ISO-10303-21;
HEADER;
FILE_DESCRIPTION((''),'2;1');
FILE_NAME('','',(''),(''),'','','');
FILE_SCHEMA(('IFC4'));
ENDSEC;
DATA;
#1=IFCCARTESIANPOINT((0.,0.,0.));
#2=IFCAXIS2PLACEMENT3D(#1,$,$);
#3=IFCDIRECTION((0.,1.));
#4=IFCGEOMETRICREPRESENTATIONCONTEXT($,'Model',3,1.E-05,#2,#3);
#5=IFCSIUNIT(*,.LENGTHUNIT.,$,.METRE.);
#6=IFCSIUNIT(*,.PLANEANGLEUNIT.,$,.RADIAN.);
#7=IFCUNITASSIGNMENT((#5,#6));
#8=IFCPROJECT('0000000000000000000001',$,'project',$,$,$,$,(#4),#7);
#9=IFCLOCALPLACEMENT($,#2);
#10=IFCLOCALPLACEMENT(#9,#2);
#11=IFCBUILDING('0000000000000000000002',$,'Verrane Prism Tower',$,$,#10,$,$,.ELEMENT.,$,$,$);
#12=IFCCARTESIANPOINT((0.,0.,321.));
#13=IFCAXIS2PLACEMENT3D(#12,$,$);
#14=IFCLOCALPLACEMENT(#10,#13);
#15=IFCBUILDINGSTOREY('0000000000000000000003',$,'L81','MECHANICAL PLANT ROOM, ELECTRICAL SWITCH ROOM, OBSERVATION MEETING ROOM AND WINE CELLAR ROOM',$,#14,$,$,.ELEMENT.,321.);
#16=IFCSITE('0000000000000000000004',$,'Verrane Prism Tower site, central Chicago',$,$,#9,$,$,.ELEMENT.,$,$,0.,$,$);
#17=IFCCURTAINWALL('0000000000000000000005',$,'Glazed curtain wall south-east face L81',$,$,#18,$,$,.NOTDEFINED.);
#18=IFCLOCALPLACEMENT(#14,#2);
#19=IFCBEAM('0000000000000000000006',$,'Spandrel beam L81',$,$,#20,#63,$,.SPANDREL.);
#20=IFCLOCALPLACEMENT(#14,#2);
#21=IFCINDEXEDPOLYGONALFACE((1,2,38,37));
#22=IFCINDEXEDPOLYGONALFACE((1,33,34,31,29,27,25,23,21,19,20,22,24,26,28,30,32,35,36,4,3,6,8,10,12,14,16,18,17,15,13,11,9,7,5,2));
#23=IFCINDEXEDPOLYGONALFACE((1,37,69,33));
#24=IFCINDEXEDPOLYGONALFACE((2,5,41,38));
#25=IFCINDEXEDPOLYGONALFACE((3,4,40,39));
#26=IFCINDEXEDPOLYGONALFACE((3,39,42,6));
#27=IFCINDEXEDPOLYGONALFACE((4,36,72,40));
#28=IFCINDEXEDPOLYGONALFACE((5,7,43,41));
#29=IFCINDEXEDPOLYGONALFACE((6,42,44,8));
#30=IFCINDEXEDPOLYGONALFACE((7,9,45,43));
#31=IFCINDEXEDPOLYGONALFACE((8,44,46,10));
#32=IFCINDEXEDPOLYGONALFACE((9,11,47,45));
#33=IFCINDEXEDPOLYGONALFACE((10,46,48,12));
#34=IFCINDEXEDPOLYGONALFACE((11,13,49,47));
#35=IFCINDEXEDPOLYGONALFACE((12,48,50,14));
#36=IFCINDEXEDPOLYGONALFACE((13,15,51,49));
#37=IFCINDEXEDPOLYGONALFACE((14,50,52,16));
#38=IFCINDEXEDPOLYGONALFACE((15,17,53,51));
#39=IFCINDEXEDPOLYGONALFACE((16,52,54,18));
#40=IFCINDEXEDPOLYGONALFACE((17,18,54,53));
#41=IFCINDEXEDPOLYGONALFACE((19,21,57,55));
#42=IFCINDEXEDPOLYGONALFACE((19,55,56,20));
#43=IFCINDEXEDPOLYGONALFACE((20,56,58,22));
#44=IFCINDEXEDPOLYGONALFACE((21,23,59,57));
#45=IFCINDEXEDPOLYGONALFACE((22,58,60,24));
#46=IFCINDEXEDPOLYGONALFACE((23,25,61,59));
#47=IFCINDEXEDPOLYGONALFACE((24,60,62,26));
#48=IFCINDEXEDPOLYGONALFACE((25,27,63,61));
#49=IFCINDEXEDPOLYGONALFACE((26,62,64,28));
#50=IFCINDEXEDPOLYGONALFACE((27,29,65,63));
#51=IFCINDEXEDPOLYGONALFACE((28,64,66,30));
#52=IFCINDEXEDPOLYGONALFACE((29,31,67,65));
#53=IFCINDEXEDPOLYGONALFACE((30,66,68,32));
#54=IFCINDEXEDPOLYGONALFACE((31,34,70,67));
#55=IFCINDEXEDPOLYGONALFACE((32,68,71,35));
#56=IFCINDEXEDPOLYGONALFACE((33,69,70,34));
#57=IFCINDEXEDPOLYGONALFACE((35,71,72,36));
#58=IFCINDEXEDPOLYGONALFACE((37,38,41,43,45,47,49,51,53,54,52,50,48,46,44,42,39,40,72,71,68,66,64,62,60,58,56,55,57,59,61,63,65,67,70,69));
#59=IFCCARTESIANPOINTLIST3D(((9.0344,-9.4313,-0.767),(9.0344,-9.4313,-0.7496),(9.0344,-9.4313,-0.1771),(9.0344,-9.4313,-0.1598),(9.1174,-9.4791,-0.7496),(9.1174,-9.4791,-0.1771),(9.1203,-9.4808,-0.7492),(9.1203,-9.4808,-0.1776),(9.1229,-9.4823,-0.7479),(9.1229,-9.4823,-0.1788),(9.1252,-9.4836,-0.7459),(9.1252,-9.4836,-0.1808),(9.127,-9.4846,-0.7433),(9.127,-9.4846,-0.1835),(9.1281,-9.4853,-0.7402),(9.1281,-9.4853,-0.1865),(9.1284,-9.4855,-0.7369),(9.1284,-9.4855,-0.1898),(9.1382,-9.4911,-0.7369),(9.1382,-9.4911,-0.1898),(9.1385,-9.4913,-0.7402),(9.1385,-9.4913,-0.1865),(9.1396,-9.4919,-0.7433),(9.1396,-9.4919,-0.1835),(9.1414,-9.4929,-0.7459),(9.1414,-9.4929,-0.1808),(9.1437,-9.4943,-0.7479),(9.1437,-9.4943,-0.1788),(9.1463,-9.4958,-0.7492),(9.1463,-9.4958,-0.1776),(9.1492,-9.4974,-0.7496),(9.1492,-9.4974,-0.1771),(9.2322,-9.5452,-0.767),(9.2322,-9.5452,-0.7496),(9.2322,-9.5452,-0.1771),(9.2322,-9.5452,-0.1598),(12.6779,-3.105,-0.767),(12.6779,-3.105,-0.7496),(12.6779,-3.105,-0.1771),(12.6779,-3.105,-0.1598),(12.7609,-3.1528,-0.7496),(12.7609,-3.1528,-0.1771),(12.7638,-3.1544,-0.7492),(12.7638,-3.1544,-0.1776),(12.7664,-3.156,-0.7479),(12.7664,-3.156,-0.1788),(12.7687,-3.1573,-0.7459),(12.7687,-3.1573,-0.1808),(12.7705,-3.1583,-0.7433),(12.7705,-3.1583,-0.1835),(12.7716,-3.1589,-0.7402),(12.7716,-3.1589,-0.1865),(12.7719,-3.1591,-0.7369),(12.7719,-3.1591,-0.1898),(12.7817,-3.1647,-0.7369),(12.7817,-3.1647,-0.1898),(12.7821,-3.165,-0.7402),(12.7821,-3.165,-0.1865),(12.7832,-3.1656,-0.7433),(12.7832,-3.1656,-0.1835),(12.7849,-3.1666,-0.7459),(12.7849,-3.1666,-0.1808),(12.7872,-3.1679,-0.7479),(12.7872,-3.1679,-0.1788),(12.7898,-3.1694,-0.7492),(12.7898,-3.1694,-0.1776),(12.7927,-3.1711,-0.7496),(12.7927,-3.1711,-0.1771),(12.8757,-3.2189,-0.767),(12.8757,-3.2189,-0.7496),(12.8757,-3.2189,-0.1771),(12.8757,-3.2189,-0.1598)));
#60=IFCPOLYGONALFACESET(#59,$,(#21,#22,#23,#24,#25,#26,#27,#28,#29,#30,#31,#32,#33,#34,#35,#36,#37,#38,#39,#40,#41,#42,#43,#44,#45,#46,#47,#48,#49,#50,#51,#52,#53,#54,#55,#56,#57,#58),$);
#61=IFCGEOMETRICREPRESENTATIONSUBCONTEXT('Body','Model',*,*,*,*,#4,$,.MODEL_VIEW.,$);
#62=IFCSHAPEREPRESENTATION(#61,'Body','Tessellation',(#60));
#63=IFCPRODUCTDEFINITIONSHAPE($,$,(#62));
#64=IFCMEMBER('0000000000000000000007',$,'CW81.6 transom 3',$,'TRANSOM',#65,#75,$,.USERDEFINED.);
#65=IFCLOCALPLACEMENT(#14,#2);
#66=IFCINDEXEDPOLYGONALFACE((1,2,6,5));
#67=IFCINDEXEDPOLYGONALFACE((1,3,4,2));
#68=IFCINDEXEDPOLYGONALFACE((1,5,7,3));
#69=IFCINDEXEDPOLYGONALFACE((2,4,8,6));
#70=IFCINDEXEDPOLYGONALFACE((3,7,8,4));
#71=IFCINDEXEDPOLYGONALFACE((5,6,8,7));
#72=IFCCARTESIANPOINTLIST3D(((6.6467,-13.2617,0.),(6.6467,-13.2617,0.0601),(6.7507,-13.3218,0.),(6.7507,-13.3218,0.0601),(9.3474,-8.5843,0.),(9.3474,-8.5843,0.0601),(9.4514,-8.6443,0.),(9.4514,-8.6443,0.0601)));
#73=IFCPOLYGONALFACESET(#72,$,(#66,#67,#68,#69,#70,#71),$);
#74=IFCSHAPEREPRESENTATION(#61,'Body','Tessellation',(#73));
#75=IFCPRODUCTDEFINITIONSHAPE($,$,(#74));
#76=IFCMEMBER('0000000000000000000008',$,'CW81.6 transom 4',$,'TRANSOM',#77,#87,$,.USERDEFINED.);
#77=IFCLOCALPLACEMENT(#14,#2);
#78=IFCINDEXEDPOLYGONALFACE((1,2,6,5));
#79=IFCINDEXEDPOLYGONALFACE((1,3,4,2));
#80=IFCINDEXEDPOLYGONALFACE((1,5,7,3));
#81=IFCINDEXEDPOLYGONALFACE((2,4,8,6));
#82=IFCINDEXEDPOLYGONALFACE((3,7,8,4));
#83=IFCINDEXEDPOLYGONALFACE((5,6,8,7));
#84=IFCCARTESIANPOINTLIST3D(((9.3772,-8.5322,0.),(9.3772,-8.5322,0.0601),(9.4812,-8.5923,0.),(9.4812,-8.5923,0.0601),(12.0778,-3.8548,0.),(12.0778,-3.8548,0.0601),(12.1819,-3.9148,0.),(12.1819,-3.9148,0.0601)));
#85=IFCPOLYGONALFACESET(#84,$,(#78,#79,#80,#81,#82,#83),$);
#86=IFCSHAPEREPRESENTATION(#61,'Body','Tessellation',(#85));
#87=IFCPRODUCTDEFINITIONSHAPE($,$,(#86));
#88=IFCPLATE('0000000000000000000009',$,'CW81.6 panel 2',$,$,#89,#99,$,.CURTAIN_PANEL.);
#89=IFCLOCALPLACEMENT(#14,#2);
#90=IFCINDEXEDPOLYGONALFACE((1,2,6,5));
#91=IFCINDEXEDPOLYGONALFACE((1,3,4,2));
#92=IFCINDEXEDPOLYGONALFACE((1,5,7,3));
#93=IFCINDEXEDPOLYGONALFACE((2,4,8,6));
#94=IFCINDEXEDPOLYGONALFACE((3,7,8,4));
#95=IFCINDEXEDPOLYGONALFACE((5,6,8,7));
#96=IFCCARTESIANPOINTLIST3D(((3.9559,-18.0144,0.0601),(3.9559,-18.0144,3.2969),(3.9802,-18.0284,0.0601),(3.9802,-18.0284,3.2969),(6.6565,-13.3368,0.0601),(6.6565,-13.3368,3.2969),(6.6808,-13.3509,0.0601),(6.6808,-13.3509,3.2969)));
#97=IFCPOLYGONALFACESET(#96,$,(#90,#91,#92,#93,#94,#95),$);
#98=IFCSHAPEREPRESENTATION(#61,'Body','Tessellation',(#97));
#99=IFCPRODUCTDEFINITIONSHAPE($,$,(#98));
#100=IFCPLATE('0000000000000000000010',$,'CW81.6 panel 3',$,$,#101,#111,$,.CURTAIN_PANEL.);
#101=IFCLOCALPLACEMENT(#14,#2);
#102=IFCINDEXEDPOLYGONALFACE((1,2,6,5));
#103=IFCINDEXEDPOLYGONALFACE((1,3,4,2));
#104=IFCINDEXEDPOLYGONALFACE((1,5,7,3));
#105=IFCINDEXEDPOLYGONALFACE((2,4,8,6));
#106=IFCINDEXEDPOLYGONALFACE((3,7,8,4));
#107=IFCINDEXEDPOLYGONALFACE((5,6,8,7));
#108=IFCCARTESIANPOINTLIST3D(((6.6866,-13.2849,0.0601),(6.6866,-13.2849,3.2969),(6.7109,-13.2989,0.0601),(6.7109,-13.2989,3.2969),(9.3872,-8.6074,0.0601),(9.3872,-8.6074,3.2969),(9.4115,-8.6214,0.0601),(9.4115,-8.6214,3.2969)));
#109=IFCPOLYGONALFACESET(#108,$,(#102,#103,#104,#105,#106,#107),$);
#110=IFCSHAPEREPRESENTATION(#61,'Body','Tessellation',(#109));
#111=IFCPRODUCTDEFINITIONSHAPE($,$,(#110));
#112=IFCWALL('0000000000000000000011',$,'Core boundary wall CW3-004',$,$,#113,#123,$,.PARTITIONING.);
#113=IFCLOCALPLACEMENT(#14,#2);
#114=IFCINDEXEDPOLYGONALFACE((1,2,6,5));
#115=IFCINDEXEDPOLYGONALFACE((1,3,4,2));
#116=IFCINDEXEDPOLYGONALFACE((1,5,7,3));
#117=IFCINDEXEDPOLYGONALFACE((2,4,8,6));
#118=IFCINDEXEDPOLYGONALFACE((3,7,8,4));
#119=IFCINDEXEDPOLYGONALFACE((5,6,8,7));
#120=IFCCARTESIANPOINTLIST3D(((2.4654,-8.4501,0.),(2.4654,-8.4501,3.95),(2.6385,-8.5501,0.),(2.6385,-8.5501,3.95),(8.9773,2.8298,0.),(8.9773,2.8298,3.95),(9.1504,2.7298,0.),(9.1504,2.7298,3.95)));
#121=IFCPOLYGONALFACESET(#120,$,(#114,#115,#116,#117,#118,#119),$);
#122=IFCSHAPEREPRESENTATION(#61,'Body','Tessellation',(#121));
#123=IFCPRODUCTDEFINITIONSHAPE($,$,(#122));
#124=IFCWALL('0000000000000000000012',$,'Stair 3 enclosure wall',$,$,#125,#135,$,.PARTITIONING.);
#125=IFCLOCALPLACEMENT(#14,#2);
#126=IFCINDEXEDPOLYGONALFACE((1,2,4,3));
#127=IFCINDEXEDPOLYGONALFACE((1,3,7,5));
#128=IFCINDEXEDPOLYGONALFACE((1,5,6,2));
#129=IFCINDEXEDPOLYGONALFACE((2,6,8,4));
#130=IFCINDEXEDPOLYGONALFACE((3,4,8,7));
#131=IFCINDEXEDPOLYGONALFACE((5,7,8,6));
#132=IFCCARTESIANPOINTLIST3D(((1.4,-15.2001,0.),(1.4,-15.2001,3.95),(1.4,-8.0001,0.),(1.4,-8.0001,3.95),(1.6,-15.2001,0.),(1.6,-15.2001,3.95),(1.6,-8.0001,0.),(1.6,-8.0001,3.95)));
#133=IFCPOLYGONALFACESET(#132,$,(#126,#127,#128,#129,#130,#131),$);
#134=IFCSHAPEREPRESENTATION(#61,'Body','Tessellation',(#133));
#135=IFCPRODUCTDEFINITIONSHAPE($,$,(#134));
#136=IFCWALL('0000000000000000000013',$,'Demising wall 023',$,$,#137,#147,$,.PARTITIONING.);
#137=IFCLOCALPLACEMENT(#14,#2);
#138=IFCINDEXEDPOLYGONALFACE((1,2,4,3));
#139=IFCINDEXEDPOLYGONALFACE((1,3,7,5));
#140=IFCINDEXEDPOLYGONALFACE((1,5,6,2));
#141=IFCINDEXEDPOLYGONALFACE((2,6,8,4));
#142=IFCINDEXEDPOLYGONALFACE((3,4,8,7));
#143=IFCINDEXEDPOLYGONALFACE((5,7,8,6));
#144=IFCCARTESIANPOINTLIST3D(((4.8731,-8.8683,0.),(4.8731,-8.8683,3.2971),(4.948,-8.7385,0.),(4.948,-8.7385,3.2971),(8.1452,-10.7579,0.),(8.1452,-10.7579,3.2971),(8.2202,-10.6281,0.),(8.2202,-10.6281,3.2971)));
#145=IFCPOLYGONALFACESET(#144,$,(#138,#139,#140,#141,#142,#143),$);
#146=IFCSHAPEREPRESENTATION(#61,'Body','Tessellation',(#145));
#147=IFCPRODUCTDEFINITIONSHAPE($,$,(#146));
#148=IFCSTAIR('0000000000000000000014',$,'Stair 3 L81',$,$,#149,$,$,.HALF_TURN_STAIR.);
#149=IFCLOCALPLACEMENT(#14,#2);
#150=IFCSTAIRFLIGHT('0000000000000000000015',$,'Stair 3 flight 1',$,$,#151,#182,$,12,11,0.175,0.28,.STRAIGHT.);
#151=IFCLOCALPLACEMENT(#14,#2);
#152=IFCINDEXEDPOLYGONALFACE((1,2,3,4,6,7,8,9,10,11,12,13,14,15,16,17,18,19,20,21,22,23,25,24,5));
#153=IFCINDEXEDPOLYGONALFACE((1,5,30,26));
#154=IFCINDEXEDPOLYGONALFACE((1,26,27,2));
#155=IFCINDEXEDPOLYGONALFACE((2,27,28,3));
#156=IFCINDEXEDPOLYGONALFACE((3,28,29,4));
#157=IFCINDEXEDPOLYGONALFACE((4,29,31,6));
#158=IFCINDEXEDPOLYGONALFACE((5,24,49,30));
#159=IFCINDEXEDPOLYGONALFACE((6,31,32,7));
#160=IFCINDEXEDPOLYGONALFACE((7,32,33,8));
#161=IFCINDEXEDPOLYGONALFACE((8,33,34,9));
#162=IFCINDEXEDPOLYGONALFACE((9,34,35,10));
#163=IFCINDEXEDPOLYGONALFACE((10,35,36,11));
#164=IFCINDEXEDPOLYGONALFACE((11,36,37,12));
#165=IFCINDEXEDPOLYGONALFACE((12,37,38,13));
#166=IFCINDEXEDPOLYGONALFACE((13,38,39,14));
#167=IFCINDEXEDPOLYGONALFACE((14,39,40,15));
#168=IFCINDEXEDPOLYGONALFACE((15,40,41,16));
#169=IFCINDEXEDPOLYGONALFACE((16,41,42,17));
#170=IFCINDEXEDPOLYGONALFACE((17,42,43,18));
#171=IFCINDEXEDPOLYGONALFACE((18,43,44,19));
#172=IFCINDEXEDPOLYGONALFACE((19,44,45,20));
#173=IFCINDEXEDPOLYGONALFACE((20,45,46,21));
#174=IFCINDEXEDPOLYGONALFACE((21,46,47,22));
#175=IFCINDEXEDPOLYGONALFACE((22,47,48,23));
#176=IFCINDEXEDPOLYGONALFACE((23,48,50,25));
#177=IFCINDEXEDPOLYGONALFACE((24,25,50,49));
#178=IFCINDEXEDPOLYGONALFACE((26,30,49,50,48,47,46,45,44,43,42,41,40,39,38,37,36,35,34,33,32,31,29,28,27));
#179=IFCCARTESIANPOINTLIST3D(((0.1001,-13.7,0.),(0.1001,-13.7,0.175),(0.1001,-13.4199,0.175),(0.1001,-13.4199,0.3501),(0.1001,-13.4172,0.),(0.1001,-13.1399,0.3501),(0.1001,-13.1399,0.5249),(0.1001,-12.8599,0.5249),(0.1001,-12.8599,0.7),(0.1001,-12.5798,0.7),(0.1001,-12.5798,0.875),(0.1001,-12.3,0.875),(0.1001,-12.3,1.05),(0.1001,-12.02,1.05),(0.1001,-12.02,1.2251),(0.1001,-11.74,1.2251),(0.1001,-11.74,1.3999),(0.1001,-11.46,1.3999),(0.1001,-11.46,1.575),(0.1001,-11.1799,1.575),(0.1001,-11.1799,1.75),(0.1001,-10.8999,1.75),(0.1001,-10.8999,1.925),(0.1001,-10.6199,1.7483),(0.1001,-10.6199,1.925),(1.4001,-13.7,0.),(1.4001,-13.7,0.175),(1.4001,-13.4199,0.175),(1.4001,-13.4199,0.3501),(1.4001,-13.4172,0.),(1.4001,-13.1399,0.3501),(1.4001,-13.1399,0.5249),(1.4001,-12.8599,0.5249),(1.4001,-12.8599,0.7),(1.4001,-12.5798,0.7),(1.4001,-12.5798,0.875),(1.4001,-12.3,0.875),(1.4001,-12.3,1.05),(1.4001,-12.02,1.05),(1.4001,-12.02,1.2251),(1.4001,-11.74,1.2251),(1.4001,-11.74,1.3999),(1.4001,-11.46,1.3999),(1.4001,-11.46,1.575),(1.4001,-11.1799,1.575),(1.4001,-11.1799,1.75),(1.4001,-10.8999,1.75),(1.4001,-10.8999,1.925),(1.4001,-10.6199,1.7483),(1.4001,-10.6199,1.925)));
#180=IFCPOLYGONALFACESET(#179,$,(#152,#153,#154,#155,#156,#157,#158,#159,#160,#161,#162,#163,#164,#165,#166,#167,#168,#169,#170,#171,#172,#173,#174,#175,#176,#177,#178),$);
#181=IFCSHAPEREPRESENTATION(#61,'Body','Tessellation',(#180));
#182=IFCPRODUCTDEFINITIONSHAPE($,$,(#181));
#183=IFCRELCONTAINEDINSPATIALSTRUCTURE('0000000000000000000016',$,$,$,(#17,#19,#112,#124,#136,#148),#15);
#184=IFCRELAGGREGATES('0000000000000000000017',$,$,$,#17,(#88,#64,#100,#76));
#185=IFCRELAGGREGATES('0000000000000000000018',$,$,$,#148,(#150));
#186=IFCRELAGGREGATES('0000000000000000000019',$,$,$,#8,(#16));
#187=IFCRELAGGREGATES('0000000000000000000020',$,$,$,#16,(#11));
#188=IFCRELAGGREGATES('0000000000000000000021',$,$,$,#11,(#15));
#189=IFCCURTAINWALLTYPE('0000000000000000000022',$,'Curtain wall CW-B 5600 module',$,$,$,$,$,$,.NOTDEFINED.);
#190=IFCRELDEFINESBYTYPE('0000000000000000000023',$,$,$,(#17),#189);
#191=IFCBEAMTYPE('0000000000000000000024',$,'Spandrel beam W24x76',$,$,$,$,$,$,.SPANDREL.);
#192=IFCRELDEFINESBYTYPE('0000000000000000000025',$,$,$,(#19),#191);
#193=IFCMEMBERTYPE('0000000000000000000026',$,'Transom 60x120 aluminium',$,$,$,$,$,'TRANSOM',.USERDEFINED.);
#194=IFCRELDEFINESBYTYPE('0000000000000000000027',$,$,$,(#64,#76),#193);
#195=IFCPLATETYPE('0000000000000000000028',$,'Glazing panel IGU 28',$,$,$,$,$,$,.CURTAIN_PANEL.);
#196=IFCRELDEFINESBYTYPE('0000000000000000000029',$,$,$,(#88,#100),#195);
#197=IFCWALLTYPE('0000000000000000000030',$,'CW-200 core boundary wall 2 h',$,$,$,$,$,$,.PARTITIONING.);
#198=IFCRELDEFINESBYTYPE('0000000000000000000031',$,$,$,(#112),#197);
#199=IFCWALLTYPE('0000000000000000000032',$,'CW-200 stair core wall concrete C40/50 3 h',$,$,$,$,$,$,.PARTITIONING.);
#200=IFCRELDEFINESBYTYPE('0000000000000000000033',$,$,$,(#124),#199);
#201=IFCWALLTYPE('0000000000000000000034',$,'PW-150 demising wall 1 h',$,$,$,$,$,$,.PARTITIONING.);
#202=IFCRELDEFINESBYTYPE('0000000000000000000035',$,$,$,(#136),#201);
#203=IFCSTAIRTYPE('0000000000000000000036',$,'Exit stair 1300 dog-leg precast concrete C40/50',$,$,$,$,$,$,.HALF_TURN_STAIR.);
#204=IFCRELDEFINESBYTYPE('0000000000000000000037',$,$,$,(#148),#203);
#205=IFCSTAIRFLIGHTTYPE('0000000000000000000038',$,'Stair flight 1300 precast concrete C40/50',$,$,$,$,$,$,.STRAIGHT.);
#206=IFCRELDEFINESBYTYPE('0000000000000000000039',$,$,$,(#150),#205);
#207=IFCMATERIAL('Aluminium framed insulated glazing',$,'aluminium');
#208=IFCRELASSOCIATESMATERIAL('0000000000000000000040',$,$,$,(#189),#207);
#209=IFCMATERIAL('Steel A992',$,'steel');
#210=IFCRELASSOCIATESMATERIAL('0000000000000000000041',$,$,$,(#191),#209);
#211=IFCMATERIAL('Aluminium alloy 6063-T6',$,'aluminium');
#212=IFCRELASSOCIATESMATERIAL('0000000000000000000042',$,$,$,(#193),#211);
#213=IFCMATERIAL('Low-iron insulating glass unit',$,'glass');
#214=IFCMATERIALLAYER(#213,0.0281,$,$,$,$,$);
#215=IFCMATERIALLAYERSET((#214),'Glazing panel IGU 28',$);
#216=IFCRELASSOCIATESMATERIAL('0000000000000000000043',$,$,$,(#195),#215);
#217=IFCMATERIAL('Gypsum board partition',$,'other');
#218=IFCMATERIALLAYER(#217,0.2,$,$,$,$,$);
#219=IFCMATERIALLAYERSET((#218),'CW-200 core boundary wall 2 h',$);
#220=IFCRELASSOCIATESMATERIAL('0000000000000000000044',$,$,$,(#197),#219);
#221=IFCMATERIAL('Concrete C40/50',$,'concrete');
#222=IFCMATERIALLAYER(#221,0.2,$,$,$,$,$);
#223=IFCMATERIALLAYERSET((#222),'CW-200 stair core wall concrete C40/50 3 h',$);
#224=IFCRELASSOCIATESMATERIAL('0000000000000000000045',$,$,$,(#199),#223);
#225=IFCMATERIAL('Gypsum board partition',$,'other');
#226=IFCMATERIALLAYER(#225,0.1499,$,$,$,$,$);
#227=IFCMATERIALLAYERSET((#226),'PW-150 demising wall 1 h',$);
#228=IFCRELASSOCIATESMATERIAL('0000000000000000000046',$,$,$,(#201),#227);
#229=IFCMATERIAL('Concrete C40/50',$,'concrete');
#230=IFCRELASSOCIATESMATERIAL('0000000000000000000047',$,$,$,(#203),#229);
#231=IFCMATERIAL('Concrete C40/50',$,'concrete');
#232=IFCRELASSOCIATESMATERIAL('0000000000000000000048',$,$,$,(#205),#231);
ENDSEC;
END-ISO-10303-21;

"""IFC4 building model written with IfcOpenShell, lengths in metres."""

from ifc_helpers import new_model, si_unit, direction, frame, frame_2d, origin, origin_2d, place, context, subcontext, project, spatial, polyline, rectangle, i_section, outline, extrude, material, layer, layer_set, material_profile, profile_set, type_object, element, aggregate, save


model = new_model("IFC4")

# Units and contexts
model_context = context("Model", 3, precision=1e-05, world=origin(), true_north=direction((0.0, 1.0)))
body_context = subcontext(model_context, "Body", "Model", "MODEL_VIEW")
ifc_project = project(units=[si_unit("LENGTHUNIT", "METRE"), si_unit("PLANEANGLEUNIT", "RADIAN")], contexts=[model_context])

# Site, building, storey
site_placement = place(None, origin())
site = spatial("IfcSite", under=ifc_project, at=site_placement, Name="Verrane Prism Tower site, central Chicago", CompositionType="ELEMENT", RefElevation=0.0)
building_placement = place(site_placement, origin())
building = spatial("IfcBuilding", under=site, at=building_placement, Name="Verrane Prism Tower", CompositionType="ELEMENT")
storey_placement = place(building_placement, frame((0.0, 0.0, 321.0)))
storey = spatial("IfcBuildingStorey", under=building, at=storey_placement, Name="L81", Description="MECHANICAL PLANT ROOM, ELECTRICAL SWITCH ROOM, OBSERVATION MEETING ROOM AND WINE CELLAR ROOM", CompositionType="ELEMENT", Elevation=321.0)

# Curtain wall
ifc_material_1 = material(Name="Aluminium framed insulated glazing", Category="aluminium")
curtain_wall_type = type_object("IfcCurtainWallType", Name="Curtain wall CW-B 5600 module", PredefinedType="NOTDEFINED", material=ifc_material_1)
curtain_wall_placement = place(storey_placement, origin())
curtain_wall = element("IfcCurtainWall", 1, at=curtain_wall_placement, inside=storey, type_object=curtain_wall_type, Name="Glazed curtain wall south-east face L81", PredefinedType="NOTDEFINED")

# Beam
ifc_material_2 = material(Name="Steel A992", Category="steel")
ifc_material_profile_1 = material_profile(ifc_material_2, i_section(OverallWidth=0.2283, OverallDepth=0.6072, WebThickness=0.0112, FlangeThickness=0.0173, FilletRadius=0.0127, at=origin_2d()), Name="W24x76")
ifc_profile_set_1 = profile_set([ifc_material_profile_1], Name="Steel A992")
beam_type_1 = type_object("IfcBeamType", Name="Spandrel beam W24x76", PredefinedType="SPANDREL", material=ifc_profile_set_1)
beam_1_placement = place(storey_placement, frame((9.1333, -9.4883, -0.4634), z_axis=(0.499075, 0.866559, 0.0), x_axis=(-0.866559, 0.499075, 0.0)))
element("IfcBeam", 2, at=beam_1_placement, inside=storey, type_object=beam_type_1, Name="Spandrel beam L81", PredefinedType="SPANDREL", context=body_context, shape_type="SweptSolid", body=[
    extrude(i_section(OverallWidth=0.2283, OverallDepth=0.6072, WebThickness=0.0112, FlangeThickness=0.0173, FilletRadius=0.0127, at=origin_2d()), origin(), (0.0, 0.0, 1.0), 7.3005),
])

# Members
ifc_material_3 = material(Name="Aluminium alloy 6063-T6", Category="aluminium")
ifc_material_profile_2 = material_profile(ifc_material_3, rectangle(XDim=0.1201, YDim=0.0601, at=origin_2d()), Name="Transom 60x120 aluminium")
ifc_profile_set_2 = profile_set([ifc_material_profile_2], Name="Aluminium alloy 6063-T6")
member_type_1 = type_object("IfcMemberType", Name="Transom 60x120 aluminium", ElementType="TRANSOM", PredefinedType="USERDEFINED", material=ifc_profile_set_2)
member_1_placement = place(storey_placement, frame((6.6987, -13.2917, 0.03), z_axis=(0.500019, 0.866015, 0.0), x_axis=(-0.866015, 0.500019, 0.0)))
member_1 = element("IfcMember", 3, at=member_1_placement, type_object=member_type_1, Name="CW81.6 transom 3", ObjectType="TRANSOM", PredefinedType="USERDEFINED", context=body_context, shape_type="SweptSolid", body=[
    extrude(rectangle(XDim=0.1201, YDim=0.0601, at=origin_2d()), origin(), (0.0, 0.0, 1.0), 5.4011),
])
member_2_placement = place(storey_placement, frame((9.4292, -8.5623, 0.03), z_axis=(0.500019, 0.866015, 0.0), x_axis=(-0.866015, 0.500019, 0.0)))
member_2 = element("IfcMember", 4, at=member_2_placement, type_object=member_type_1, Name="CW81.6 transom 4", ObjectType="TRANSOM", PredefinedType="USERDEFINED", context=body_context, shape_type="SweptSolid", body=[
    extrude(rectangle(XDim=0.1201, YDim=0.0601, at=origin_2d()), origin(), (0.0, 0.0, 1.0), 5.4011),
])

# Plates
ifc_material_4 = material(Name="Low-iron insulating glass unit", Category="glass")
ifc_layer_1 = layer(ifc_material_4, 0.0281)
ifc_layer_set_1 = layer_set([ifc_layer_1], Name="Glazing panel IGU 28")
plate_type = type_object("IfcPlateType", Name="Glazing panel IGU 28", PredefinedType="CURTAIN_PANEL", material=ifc_layer_set_1)
plate_1_placement = place(storey_placement, frame((5.3184, -15.6826, 0.0601), z_axis=(0.0, 0.0, 1.0), x_axis=(0.5, 0.866025, 0.0)))
plate_1 = element("IfcPlate", 5, at=plate_1_placement, type_object=plate_type, Name="CW81.6 panel 2", PredefinedType="CURTAIN_PANEL", context=body_context, shape_type="SweptSolid", body=[
    extrude(rectangle(XDim=5.4011, YDim=0.0281, at=origin_2d()), origin(), (0.0, 0.0, 1.0), 3.2368),
])
plate_2_placement = place(storey_placement, frame((8.0491, -10.9531, 0.0601), z_axis=(0.0, 0.0, 1.0), x_axis=(0.5, 0.866025, 0.0)))
plate_2 = element("IfcPlate", 6, at=plate_2_placement, type_object=plate_type, Name="CW81.6 panel 3", PredefinedType="CURTAIN_PANEL", context=body_context, shape_type="SweptSolid", body=[
    extrude(rectangle(XDim=5.4011, YDim=0.0281, at=origin_2d()), origin(), (0.0, 0.0, 1.0), 3.2368),
])
aggregate(curtain_wall, [plate_1, member_1, plate_2, member_2])

# Walls
ifc_material_5 = material(Name="Gypsum board partition", Category="other")
ifc_layer_2 = layer(ifc_material_5, 0.2)
ifc_layer_set_2 = layer_set([ifc_layer_2], Name="CW-200 core boundary wall 2 h")
wall_type_1 = type_object("IfcWallType", Name="CW-200 core boundary wall 2 h", PredefinedType="PARTITIONING", material=ifc_layer_set_2)
wall_1_placement = place(storey_placement, frame((2.552, -8.5, 0.0), z_axis=(0.0, 0.0, 1.0), x_axis=(0.499967, 0.866044, 0.0)))
element("IfcWall", 7, at=wall_1_placement, inside=storey, type_object=wall_type_1, Name="Core boundary wall CW3-004", PredefinedType="PARTITIONING", context=body_context, shape_type="SweptSolid", body=[
    extrude(rectangle(XDim=13.0247, YDim=0.2, at=frame_2d((6.5122, 0.0))), origin(), (0.0, 0.0, 1.0), 3.95),
])
ifc_material_6 = material(Name="Concrete C40/50", Category="concrete")
ifc_layer_3 = layer(ifc_material_6, 0.2)
ifc_layer_set_3 = layer_set([ifc_layer_3], Name="CW-200 stair core wall concrete C40/50 3 h")
wall_type_2 = type_object("IfcWallType", Name="CW-200 stair core wall concrete C40/50 3 h", PredefinedType="PARTITIONING", material=ifc_layer_set_3)
wall_2_placement = place(storey_placement, frame((1.5, -8.0, 0.0), z_axis=(0.0, 0.0, 1.0), x_axis=(0.0, -1.0, 0.0)))
element("IfcWall", 8, at=wall_2_placement, inside=storey, type_object=wall_type_2, Name="Stair 3 enclosure wall", PredefinedType="PARTITIONING", context=body_context, shape_type="SweptSolid", body=[
    extrude(rectangle(XDim=7.2, YDim=0.2, at=frame_2d((3.6001, 0.0))), origin(), (0.0, 0.0, 1.0), 3.95),
])
ifc_material_7 = material(Name="Gypsum board partition", Category="other")
ifc_layer_4 = layer(ifc_material_7, 0.1499)
ifc_layer_set_4 = layer_set([ifc_layer_4], Name="PW-150 demising wall 1 h")
wall_type_3 = type_object("IfcWallType", Name="PW-150 demising wall 1 h", PredefinedType="PARTITIONING", material=ifc_layer_set_4)
wall_3_placement = place(storey_placement, frame((4.9106, -8.8035, 0.0), z_axis=(0.0, 0.0, 1.0), x_axis=(0.865976, -0.500086, 0.0)))
element("IfcWall", 9, at=wall_3_placement, inside=storey, type_object=wall_type_3, Name="Demising wall 023", PredefinedType="PARTITIONING", context=body_context, shape_type="SweptSolid", body=[
    extrude(rectangle(XDim=3.7786, YDim=0.1499, at=frame_2d((1.8892, 0.0))), origin(), (0.0, 0.0, 1.0), 3.2971),
])

# Stair, stair flight
ifc_material_8 = material(Name="Concrete C40/50", Category="concrete")
stair_type = type_object("IfcStairType", Name="Exit stair 1300 dog-leg precast concrete C40/50", PredefinedType="HALF_TURN_STAIR", material=ifc_material_8)
stair_placement = place(storey_placement, origin())
stair = element("IfcStair", 10, at=stair_placement, inside=storey, type_object=stair_type, Name="Stair 3 L81", PredefinedType="HALF_TURN_STAIR")
ifc_material_9 = material(Name="Concrete C40/50", Category="concrete")
stair_flight_type = type_object("IfcStairFlightType", Name="Stair flight 1300 precast concrete C40/50", PredefinedType="STRAIGHT", material=ifc_material_9)
stair_flight_placement = place(storey_placement, frame((0.75, -13.7, 0.0), z_axis=(0.0, 0.0, 1.0), x_axis=(0.0, 1.0, 0.0)))
stair_flight = element("IfcStairFlight", 11, at=stair_flight_placement, type_object=stair_flight_type, Name="Stair 3 flight 1", NumberOfRisers=12, NumberOfTreads=11, PredefinedType="STRAIGHT", RiserHeight=0.175, TreadLength=0.28, context=body_context, shape_type="SweptSolid", body=[
    extrude(outline(polyline([(0.0, 0.0), (0.0, 0.175), (0.28, 0.175), (0.28, 0.3501), (0.5601, 0.3501), (0.5601, 0.5249), (0.8401, 0.5249), (0.8401, 0.7), (1.1201, 0.7), (1.1201, 0.875), (1.3999, 0.875), (1.3999, 1.05), (1.6799, 1.05), (1.6799, 1.2251), (1.96, 1.2251), (1.96, 1.3999), (2.24, 1.3999), (2.24, 1.575), (2.52, 1.575), (2.52, 1.75), (2.8, 1.75), (2.8, 1.925), (3.0801, 1.925), (3.0801, 2.1001), (3.0801, 1.7483), (0.2827, 0.0), (0.0, 0.0)])), frame((0.0, 0.6499, 0.0), z_axis=(0.0, -1.0, 0.0), x_axis=(1.0, 0.0, 0.0)), (0.0, 0.0, 1.0), 1.3),
])
aggregate(stair, [stair_flight])

save(model, "model.ifc")
